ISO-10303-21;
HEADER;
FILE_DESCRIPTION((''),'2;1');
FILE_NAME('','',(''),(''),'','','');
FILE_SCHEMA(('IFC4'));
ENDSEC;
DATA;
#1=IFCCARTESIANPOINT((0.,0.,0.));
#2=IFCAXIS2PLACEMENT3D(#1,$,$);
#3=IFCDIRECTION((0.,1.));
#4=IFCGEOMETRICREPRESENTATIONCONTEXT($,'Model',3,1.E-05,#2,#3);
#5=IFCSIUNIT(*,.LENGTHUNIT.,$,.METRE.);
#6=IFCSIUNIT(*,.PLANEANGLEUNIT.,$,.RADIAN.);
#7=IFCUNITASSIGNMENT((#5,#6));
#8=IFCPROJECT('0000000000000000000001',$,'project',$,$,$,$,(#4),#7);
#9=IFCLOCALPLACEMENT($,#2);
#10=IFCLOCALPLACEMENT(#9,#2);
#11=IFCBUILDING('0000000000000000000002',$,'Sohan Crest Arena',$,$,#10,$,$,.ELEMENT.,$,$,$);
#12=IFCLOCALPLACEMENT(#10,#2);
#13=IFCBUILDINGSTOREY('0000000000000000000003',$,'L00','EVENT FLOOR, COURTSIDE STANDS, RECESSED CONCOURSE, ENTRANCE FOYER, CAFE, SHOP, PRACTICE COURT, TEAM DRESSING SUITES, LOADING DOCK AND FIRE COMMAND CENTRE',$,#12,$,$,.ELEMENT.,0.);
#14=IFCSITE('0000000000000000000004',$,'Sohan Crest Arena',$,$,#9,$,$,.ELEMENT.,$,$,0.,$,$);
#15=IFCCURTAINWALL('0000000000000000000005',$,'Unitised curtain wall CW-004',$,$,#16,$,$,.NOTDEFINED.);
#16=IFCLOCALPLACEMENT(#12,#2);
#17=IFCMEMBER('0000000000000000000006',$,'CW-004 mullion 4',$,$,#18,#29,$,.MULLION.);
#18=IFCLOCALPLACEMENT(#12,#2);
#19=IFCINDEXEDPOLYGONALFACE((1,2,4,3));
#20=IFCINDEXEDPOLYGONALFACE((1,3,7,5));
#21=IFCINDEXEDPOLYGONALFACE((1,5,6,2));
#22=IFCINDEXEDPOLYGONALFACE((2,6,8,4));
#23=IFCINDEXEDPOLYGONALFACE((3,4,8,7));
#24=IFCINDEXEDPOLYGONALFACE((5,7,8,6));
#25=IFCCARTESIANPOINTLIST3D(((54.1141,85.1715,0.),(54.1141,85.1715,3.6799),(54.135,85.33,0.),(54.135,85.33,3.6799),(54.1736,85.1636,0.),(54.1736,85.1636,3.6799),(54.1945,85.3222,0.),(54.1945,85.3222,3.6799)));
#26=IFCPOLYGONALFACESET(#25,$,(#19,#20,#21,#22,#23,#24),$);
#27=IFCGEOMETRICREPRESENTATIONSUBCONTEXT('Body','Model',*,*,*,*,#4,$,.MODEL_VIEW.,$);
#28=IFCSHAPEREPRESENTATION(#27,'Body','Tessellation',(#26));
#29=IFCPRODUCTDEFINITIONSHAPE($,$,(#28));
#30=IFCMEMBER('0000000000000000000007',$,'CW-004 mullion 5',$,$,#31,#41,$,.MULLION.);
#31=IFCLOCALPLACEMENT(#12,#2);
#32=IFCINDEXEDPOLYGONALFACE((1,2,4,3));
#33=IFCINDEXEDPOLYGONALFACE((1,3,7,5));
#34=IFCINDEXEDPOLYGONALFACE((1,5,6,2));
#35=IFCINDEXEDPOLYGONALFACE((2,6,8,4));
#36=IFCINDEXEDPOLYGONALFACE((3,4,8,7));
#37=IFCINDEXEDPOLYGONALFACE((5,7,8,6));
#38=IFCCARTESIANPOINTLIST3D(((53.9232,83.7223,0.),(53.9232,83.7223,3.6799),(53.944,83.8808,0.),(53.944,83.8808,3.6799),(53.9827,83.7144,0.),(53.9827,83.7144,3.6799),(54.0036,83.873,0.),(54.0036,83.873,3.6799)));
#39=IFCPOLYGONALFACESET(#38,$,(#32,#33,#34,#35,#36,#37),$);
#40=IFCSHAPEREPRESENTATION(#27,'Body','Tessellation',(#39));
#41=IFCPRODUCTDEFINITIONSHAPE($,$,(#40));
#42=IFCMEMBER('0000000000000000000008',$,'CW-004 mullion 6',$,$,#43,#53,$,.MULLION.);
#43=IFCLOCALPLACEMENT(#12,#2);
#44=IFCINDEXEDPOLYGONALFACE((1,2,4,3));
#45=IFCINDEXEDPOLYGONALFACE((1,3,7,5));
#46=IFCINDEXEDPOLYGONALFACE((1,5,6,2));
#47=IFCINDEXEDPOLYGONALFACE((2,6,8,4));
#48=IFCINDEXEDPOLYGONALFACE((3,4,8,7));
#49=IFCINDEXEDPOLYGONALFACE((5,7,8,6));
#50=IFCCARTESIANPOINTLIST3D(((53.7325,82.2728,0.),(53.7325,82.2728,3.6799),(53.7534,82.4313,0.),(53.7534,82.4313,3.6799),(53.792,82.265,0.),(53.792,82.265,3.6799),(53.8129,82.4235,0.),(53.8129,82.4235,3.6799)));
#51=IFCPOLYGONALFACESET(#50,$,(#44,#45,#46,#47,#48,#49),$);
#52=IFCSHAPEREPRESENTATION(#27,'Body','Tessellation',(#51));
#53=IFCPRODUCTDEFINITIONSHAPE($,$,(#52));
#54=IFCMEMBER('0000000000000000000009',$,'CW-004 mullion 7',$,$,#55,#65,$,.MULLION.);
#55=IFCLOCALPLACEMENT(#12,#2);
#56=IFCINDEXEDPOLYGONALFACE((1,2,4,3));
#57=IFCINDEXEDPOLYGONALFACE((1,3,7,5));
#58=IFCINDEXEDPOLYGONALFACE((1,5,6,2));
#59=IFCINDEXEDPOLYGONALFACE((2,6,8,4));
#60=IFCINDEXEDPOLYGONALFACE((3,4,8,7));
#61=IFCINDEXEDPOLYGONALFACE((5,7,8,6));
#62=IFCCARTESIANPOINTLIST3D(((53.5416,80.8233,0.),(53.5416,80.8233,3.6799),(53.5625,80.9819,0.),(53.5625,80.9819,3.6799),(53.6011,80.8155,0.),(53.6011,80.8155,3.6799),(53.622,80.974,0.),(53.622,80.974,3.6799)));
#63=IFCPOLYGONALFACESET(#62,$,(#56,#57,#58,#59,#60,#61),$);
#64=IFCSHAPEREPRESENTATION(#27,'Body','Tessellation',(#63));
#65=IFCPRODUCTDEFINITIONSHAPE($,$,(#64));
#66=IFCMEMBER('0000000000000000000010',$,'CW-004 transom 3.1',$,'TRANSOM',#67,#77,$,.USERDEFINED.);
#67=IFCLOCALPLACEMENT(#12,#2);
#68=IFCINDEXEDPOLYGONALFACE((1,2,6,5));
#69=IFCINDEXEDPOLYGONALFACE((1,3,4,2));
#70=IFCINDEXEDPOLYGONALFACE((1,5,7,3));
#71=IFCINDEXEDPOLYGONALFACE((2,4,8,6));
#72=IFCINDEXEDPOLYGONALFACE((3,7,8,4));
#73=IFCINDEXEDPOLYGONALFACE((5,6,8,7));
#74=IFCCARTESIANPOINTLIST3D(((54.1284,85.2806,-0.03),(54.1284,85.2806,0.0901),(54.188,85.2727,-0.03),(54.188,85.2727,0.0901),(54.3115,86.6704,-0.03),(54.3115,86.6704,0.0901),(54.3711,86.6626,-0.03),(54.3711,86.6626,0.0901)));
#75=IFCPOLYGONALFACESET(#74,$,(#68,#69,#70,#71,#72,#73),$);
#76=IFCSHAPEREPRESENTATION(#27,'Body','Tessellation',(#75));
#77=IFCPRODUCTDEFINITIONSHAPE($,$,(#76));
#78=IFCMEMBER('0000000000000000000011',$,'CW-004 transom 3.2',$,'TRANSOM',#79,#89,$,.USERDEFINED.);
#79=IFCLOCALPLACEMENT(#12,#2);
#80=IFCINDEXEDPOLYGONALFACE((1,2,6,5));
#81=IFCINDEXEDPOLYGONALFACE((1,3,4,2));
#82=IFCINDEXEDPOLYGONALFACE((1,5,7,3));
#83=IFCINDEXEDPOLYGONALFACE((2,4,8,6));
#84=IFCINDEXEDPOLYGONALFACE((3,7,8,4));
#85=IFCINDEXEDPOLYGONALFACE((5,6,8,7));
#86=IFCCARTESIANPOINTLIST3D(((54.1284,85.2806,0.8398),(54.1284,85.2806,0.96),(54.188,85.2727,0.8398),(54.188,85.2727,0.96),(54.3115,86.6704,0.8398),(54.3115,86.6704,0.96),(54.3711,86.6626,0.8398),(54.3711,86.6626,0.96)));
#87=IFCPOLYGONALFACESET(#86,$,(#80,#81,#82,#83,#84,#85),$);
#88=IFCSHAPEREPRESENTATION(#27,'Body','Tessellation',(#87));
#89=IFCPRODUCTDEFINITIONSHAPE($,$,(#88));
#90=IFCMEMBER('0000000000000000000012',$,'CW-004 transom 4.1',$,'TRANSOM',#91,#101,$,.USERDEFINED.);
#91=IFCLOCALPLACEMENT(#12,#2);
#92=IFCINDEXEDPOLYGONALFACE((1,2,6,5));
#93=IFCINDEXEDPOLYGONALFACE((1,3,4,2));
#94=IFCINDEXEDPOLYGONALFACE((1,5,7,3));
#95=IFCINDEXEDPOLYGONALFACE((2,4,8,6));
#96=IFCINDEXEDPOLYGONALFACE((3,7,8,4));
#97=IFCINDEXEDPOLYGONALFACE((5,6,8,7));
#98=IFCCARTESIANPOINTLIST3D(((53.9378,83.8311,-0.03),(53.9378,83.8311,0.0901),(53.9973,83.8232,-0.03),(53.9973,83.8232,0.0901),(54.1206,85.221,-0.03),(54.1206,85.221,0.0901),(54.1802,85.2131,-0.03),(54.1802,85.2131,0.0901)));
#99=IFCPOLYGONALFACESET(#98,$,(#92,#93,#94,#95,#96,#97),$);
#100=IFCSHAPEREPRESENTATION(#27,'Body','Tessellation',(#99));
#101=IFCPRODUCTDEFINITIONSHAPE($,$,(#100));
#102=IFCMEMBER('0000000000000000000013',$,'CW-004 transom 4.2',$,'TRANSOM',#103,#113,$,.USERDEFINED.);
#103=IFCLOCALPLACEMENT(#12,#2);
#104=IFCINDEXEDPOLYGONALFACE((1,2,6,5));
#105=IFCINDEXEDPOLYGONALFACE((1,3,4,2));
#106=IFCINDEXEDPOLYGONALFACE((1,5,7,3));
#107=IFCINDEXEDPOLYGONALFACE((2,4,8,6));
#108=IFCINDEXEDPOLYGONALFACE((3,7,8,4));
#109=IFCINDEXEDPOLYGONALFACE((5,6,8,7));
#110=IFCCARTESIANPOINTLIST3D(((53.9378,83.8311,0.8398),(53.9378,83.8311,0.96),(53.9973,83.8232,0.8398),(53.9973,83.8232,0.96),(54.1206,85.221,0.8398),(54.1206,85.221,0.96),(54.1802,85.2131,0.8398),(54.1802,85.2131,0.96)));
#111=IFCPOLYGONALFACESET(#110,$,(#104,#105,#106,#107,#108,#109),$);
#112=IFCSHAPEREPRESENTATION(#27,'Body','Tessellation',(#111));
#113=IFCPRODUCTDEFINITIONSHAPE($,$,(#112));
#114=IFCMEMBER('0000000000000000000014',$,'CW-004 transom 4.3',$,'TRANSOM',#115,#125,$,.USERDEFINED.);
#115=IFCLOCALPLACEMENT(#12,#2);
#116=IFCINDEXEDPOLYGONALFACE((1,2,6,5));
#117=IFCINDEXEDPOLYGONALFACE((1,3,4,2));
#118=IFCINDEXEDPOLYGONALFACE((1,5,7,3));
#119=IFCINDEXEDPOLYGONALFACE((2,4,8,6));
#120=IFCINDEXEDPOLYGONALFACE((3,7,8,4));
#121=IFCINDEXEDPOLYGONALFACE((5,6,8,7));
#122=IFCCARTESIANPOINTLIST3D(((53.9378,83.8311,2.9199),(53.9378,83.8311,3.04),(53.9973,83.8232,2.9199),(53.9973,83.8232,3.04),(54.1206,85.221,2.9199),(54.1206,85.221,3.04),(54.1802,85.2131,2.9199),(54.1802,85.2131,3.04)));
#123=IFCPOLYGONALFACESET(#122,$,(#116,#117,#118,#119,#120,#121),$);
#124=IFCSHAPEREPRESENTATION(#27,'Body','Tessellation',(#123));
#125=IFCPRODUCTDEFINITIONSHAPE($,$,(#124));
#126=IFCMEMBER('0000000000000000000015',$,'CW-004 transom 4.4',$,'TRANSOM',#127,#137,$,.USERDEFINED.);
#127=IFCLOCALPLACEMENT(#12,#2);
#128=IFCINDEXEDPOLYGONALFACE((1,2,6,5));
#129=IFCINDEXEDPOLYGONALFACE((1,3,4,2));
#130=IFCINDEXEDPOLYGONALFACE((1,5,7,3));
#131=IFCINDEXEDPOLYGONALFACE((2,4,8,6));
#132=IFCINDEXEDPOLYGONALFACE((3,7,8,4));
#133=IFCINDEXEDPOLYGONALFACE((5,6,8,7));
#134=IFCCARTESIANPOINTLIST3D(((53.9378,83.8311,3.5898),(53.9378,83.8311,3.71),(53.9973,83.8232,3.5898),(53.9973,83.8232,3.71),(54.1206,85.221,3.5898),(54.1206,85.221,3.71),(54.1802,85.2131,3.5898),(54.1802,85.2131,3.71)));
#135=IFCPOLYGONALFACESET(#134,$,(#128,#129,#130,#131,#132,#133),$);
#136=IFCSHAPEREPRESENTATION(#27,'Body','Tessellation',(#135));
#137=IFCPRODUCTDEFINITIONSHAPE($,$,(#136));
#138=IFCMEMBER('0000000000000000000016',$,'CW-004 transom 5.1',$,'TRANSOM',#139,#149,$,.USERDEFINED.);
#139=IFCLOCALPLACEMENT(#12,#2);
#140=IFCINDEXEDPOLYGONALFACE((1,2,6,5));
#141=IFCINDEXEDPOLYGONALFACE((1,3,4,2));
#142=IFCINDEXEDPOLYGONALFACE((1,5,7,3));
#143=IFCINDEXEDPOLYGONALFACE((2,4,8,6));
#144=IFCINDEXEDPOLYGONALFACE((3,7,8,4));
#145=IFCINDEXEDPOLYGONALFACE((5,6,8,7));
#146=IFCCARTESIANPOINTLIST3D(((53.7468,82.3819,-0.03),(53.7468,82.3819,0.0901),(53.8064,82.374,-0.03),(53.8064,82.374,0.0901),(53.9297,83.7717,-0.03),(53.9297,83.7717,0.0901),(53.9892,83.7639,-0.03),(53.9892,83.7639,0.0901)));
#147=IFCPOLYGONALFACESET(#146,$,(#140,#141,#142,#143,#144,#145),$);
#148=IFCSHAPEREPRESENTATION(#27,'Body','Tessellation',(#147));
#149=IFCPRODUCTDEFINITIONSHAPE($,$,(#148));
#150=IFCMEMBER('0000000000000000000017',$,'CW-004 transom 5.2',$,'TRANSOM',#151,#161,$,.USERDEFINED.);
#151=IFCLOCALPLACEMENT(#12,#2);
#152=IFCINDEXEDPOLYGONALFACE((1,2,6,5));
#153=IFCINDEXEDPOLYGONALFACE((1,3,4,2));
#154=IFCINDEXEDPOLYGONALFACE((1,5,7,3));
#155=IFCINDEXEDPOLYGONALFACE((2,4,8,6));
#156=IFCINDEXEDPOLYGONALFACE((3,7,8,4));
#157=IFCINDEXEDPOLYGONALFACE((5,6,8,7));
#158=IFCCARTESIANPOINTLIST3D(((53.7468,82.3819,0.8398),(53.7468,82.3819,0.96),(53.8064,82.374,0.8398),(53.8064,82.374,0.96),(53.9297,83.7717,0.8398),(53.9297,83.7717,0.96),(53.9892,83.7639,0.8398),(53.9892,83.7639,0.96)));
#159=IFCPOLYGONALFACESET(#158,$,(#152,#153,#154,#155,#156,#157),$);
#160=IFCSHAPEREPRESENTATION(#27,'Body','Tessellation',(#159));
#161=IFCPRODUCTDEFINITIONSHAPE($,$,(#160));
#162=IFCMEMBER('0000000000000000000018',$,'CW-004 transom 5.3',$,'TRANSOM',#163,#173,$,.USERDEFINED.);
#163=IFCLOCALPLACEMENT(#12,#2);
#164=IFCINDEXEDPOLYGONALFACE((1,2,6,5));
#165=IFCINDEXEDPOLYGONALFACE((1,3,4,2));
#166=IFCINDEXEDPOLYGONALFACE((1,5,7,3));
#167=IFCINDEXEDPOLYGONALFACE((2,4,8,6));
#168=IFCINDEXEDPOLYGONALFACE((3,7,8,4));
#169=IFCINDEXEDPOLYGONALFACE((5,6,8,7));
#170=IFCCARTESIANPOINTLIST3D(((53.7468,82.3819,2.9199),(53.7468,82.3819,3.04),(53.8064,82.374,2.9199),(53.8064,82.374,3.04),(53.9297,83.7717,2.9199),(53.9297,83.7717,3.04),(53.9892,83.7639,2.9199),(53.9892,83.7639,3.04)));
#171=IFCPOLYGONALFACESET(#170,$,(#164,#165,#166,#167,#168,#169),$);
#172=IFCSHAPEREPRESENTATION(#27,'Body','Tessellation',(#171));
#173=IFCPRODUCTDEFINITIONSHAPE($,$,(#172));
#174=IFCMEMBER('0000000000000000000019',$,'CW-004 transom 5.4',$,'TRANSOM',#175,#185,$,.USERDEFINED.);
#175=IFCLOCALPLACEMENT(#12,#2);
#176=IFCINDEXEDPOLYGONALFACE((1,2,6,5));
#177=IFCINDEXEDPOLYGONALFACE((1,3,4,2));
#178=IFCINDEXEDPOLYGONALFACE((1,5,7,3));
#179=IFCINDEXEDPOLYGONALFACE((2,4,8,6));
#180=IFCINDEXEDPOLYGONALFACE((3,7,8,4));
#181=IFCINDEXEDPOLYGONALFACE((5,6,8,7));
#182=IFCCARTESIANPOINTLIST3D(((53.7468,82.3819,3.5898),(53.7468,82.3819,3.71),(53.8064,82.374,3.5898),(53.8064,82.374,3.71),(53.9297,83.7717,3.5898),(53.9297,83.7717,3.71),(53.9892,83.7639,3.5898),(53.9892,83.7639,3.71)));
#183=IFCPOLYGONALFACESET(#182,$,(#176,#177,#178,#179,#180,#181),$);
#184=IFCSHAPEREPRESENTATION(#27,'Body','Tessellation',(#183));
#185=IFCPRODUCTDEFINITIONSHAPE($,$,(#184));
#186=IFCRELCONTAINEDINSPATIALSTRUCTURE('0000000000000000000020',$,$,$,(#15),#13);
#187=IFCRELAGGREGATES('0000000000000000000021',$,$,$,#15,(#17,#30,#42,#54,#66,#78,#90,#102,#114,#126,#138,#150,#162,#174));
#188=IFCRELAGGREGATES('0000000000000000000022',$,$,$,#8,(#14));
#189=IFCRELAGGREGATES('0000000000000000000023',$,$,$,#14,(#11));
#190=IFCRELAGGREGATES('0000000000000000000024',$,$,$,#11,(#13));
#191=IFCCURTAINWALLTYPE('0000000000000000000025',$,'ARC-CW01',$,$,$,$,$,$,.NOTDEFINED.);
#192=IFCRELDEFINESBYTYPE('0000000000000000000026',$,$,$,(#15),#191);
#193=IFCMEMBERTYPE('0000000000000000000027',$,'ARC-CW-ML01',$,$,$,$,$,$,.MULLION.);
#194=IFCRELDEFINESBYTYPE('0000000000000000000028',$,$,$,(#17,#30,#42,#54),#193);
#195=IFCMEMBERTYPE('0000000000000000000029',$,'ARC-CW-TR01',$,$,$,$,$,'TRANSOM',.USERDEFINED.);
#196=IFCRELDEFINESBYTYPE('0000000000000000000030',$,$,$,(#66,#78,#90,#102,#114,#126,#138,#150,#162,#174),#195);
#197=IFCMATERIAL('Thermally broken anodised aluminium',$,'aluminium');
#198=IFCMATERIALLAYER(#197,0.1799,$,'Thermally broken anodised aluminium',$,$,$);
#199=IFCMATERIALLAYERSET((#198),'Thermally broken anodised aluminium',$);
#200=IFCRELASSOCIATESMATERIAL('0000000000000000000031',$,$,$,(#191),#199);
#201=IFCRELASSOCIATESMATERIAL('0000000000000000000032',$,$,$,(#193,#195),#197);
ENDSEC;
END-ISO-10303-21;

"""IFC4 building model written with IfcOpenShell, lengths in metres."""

from ifc_helpers import new_model, si_unit, direction, frame, origin, origin_2d, place, context, subcontext, project, spatial, rectangle, extrude, material, layer, layer_set, material_profile, profile_set, type_object, element, aggregate, save


model = new_model("IFC4")

# Units and contexts
model_context = context("Model", 3, precision=1e-05, world=origin(), true_north=direction((0.0, 1.0)))
body_context = subcontext(model_context, "Body", "Model", "MODEL_VIEW")
ifc_project = project(units=[si_unit("LENGTHUNIT", "METRE"), si_unit("PLANEANGLEUNIT", "RADIAN")], contexts=[model_context])

# Site, building, storey
site_placement = place(None, origin())
site = spatial("IfcSite", under=ifc_project, at=site_placement, Name="Sohan Crest Arena", CompositionType="ELEMENT", RefElevation=0.0)
building_placement = place(site_placement, origin())
building = spatial("IfcBuilding", under=site, at=building_placement, Name="Sohan Crest Arena", CompositionType="ELEMENT")
storey_placement = place(building_placement, origin())
storey = spatial("IfcBuildingStorey", under=building, at=storey_placement, Name="L00", Description="EVENT FLOOR, COURTSIDE STANDS, RECESSED CONCOURSE, ENTRANCE FOYER, CAFE, SHOP, PRACTICE COURT, TEAM DRESSING SUITES, LOADING DOCK AND FIRE COMMAND CENTRE", CompositionType="ELEMENT", Elevation=0.0)

# Curtain wall, members
ifc_material_1 = material(Name="Thermally broken anodised aluminium", Category="aluminium")
ifc_layer_1 = layer(ifc_material_1, 0.1799, Name="Thermally broken anodised aluminium")
ifc_layer_set_1 = layer_set([ifc_layer_1], Name="Thermally broken anodised aluminium")
curtain_wall_type = type_object("IfcCurtainWallType", Name="ARC-CW01", PredefinedType="NOTDEFINED", material=ifc_layer_set_1)
curtain_wall_placement = place(storey_placement, origin())
curtain_wall = element("IfcCurtainWall", 1, at=curtain_wall_placement, inside=storey, type_object=curtain_wall_type, Name="Unitised curtain wall CW-004", PredefinedType="NOTDEFINED")
ifc_material_profile_1 = material_profile(ifc_material_1, rectangle(XDim=0.0601, YDim=0.1599, at=origin_2d()), Name="ALU-MULL 60x160")
ifc_profile_set_1 = profile_set([ifc_material_profile_1], Name="Thermally broken anodised aluminium")
member_type_1 = type_object("IfcMemberType", Name="ARC-CW-ML01", PredefinedType="MULLION", material=ifc_profile_set_1)
member_1_placement = place(storey_placement, frame((54.1543, 85.2468, 0.0), z_axis=(0.0, 0.0, 1.0), x_axis=(0.991439, -0.130567, 0.0)))
member_1 = element("IfcMember", 2, at=member_1_placement, type_object=member_type_1, Name="CW-004 mullion 4", PredefinedType="MULLION", context=body_context, shape_type="SweptSolid", body=[
    extrude(rectangle(XDim=0.0601, YDim=0.1599, at=origin_2d()), origin(), (0.0, 0.0, 1.0), 3.6799),
])
member_2_placement = place(storey_placement, frame((53.9634, 83.7976, 0.0), z_axis=(0.0, 0.0, 1.0), x_axis=(0.991439, -0.130567, 0.0)))
member_2 = element("IfcMember", 3, at=member_2_placement, type_object=member_type_1, Name="CW-004 mullion 5", PredefinedType="MULLION", context=body_context, shape_type="SweptSolid", body=[
    extrude(rectangle(XDim=0.0601, YDim=0.1599, at=origin_2d()), origin(), (0.0, 0.0, 1.0), 3.6799),
])
member_3_placement = place(storey_placement, frame((53.7727, 82.3481, 0.0), z_axis=(0.0, 0.0, 1.0), x_axis=(0.991439, -0.130567, 0.0)))
member_3 = element("IfcMember", 4, at=member_3_placement, type_object=member_type_1, Name="CW-004 mullion 6", PredefinedType="MULLION", context=body_context, shape_type="SweptSolid", body=[
    extrude(rectangle(XDim=0.0601, YDim=0.1599, at=origin_2d()), origin(), (0.0, 0.0, 1.0), 3.6799),
])
member_4_placement = place(storey_placement, frame((53.5818, 80.8987, 0.0), z_axis=(0.0, 0.0, 1.0), x_axis=(0.991439, -0.130567, 0.0)))
member_4 = element("IfcMember", 5, at=member_4_placement, type_object=member_type_1, Name="CW-004 mullion 7", PredefinedType="MULLION", context=body_context, shape_type="SweptSolid", body=[
    extrude(rectangle(XDim=0.0601, YDim=0.1599, at=origin_2d()), origin(), (0.0, 0.0, 1.0), 3.6799),
])
ifc_material_profile_2 = material_profile(ifc_material_1, rectangle(XDim=0.0601, YDim=0.1201, at=origin_2d()), Name="ALU-TRAN 60x120")
ifc_profile_set_2 = profile_set([ifc_material_profile_2], Name="Thermally broken anodised aluminium")
member_type_2 = type_object("IfcMemberType", Name="ARC-CW-TR01", ElementType="TRANSOM", PredefinedType="USERDEFINED", material=ifc_profile_set_2)
member_5_placement = place(storey_placement, frame((54.3413, 86.6665, 0.03), z_axis=(-0.130612, -0.991434, 0.0), x_axis=(0.991434, -0.130612, 0.0)))
member_5 = element("IfcMember", 6, at=member_5_placement, type_object=member_type_2, Name="CW-004 transom 3.1", ObjectType="TRANSOM", PredefinedType="USERDEFINED", context=body_context, shape_type="SweptSolid", body=[
    extrude(rectangle(XDim=0.0601, YDim=0.1201, at=origin_2d()), origin(), (0.0, 0.0, 1.0), 1.4019),
])
member_6_placement = place(storey_placement, frame((54.3413, 86.6665, 0.8999), z_axis=(-0.130612, -0.991434, 0.0), x_axis=(0.991434, -0.130612, 0.0)))
member_6 = element("IfcMember", 7, at=member_6_placement, type_object=member_type_2, Name="CW-004 transom 3.2", ObjectType="TRANSOM", PredefinedType="USERDEFINED", context=body_context, shape_type="SweptSolid", body=[
    extrude(rectangle(XDim=0.0601, YDim=0.1201, at=origin_2d()), origin(), (0.0, 0.0, 1.0), 1.4019),
])
member_7_placement = place(storey_placement, frame((54.1504, 85.217, 0.03), z_axis=(-0.130441, -0.991456, 0.0), x_axis=(0.991456, -0.130441, 0.0)))
member_7 = element("IfcMember", 8, at=member_7_placement, type_object=member_type_2, Name="CW-004 transom 4.1", ObjectType="TRANSOM", PredefinedType="USERDEFINED", context=body_context, shape_type="SweptSolid", body=[
    extrude(rectangle(XDim=0.0601, YDim=0.1201, at=origin_2d()), origin(), (0.0, 0.0, 1.0), 1.4019),
])
member_8_placement = place(storey_placement, frame((54.1504, 85.217, 0.8999), z_axis=(-0.130441, -0.991456, 0.0), x_axis=(0.991456, -0.130441, 0.0)))
member_8 = element("IfcMember", 9, at=member_8_placement, type_object=member_type_2, Name="CW-004 transom 4.2", ObjectType="TRANSOM", PredefinedType="USERDEFINED", context=body_context, shape_type="SweptSolid", body=[
    extrude(rectangle(XDim=0.0601, YDim=0.1201, at=origin_2d()), origin(), (0.0, 0.0, 1.0), 1.4019),
])
member_9_placement = place(storey_placement, frame((54.1504, 85.217, 2.98), z_axis=(-0.130441, -0.991456, 0.0), x_axis=(0.991456, -0.130441, 0.0)))
member_9 = element("IfcMember", 10, at=member_9_placement, type_object=member_type_2, Name="CW-004 transom 4.3", ObjectType="TRANSOM", PredefinedType="USERDEFINED", context=body_context, shape_type="SweptSolid", body=[
    extrude(rectangle(XDim=0.0601, YDim=0.1201, at=origin_2d()), origin(), (0.0, 0.0, 1.0), 1.4019),
])
member_10_placement = place(storey_placement, frame((54.1504, 85.217, 3.6499), z_axis=(-0.130441, -0.991456, 0.0), x_axis=(0.991456, -0.130441, 0.0)))
member_10 = element("IfcMember", 11, at=member_10_placement, type_object=member_type_2, Name="CW-004 transom 4.4", ObjectType="TRANSOM", PredefinedType="USERDEFINED", context=body_context, shape_type="SweptSolid", body=[
    extrude(rectangle(XDim=0.0601, YDim=0.1201, at=origin_2d()), origin(), (0.0, 0.0, 1.0), 1.4019),
])
member_11_placement = place(storey_placement, frame((53.9595, 83.7678, 0.03), z_axis=(-0.130441, -0.991456, 0.0), x_axis=(0.991456, -0.130441, 0.0)))
member_11 = element("IfcMember", 12, at=member_11_placement, type_object=member_type_2, Name="CW-004 transom 5.1", ObjectType="TRANSOM", PredefinedType="USERDEFINED", context=body_context, shape_type="SweptSolid", body=[
    extrude(rectangle(XDim=0.0601, YDim=0.1201, at=origin_2d()), origin(), (0.0, 0.0, 1.0), 1.4019),
])
member_12_placement = place(storey_placement, frame((53.9595, 83.7678, 0.8999), z_axis=(-0.130441, -0.991456, 0.0), x_axis=(0.991456, -0.130441, 0.0)))
member_12 = element("IfcMember", 13, at=member_12_placement, type_object=member_type_2, Name="CW-004 transom 5.2", ObjectType="TRANSOM", PredefinedType="USERDEFINED", context=body_context, shape_type="SweptSolid", body=[
    extrude(rectangle(XDim=0.0601, YDim=0.1201, at=origin_2d()), origin(), (0.0, 0.0, 1.0), 1.4019),
])
member_13_placement = place(storey_placement, frame((53.9595, 83.7678, 2.98), z_axis=(-0.130441, -0.991456, 0.0), x_axis=(0.991456, -0.130441, 0.0)))
member_13 = element("IfcMember", 14, at=member_13_placement, type_object=member_type_2, Name="CW-004 transom 5.3", ObjectType="TRANSOM", PredefinedType="USERDEFINED", context=body_context, shape_type="SweptSolid", body=[
    extrude(rectangle(XDim=0.0601, YDim=0.1201, at=origin_2d()), origin(), (0.0, 0.0, 1.0), 1.4019),
])
member_14_placement = place(storey_placement, frame((53.9595, 83.7678, 3.6499), z_axis=(-0.130441, -0.991456, 0.0), x_axis=(0.991456, -0.130441, 0.0)))
member_14 = element("IfcMember", 15, at=member_14_placement, type_object=member_type_2, Name="CW-004 transom 5.4", ObjectType="TRANSOM", PredefinedType="USERDEFINED", context=body_context, shape_type="SweptSolid", body=[
    extrude(rectangle(XDim=0.0601, YDim=0.1201, at=origin_2d()), origin(), (0.0, 0.0, 1.0), 1.4019),
])
aggregate(curtain_wall, [member_1, member_2, member_3, member_4, member_5, member_6, member_7, member_8, member_9, member_10, member_11, member_12, member_13, member_14])

save(model, "model.ifc")
